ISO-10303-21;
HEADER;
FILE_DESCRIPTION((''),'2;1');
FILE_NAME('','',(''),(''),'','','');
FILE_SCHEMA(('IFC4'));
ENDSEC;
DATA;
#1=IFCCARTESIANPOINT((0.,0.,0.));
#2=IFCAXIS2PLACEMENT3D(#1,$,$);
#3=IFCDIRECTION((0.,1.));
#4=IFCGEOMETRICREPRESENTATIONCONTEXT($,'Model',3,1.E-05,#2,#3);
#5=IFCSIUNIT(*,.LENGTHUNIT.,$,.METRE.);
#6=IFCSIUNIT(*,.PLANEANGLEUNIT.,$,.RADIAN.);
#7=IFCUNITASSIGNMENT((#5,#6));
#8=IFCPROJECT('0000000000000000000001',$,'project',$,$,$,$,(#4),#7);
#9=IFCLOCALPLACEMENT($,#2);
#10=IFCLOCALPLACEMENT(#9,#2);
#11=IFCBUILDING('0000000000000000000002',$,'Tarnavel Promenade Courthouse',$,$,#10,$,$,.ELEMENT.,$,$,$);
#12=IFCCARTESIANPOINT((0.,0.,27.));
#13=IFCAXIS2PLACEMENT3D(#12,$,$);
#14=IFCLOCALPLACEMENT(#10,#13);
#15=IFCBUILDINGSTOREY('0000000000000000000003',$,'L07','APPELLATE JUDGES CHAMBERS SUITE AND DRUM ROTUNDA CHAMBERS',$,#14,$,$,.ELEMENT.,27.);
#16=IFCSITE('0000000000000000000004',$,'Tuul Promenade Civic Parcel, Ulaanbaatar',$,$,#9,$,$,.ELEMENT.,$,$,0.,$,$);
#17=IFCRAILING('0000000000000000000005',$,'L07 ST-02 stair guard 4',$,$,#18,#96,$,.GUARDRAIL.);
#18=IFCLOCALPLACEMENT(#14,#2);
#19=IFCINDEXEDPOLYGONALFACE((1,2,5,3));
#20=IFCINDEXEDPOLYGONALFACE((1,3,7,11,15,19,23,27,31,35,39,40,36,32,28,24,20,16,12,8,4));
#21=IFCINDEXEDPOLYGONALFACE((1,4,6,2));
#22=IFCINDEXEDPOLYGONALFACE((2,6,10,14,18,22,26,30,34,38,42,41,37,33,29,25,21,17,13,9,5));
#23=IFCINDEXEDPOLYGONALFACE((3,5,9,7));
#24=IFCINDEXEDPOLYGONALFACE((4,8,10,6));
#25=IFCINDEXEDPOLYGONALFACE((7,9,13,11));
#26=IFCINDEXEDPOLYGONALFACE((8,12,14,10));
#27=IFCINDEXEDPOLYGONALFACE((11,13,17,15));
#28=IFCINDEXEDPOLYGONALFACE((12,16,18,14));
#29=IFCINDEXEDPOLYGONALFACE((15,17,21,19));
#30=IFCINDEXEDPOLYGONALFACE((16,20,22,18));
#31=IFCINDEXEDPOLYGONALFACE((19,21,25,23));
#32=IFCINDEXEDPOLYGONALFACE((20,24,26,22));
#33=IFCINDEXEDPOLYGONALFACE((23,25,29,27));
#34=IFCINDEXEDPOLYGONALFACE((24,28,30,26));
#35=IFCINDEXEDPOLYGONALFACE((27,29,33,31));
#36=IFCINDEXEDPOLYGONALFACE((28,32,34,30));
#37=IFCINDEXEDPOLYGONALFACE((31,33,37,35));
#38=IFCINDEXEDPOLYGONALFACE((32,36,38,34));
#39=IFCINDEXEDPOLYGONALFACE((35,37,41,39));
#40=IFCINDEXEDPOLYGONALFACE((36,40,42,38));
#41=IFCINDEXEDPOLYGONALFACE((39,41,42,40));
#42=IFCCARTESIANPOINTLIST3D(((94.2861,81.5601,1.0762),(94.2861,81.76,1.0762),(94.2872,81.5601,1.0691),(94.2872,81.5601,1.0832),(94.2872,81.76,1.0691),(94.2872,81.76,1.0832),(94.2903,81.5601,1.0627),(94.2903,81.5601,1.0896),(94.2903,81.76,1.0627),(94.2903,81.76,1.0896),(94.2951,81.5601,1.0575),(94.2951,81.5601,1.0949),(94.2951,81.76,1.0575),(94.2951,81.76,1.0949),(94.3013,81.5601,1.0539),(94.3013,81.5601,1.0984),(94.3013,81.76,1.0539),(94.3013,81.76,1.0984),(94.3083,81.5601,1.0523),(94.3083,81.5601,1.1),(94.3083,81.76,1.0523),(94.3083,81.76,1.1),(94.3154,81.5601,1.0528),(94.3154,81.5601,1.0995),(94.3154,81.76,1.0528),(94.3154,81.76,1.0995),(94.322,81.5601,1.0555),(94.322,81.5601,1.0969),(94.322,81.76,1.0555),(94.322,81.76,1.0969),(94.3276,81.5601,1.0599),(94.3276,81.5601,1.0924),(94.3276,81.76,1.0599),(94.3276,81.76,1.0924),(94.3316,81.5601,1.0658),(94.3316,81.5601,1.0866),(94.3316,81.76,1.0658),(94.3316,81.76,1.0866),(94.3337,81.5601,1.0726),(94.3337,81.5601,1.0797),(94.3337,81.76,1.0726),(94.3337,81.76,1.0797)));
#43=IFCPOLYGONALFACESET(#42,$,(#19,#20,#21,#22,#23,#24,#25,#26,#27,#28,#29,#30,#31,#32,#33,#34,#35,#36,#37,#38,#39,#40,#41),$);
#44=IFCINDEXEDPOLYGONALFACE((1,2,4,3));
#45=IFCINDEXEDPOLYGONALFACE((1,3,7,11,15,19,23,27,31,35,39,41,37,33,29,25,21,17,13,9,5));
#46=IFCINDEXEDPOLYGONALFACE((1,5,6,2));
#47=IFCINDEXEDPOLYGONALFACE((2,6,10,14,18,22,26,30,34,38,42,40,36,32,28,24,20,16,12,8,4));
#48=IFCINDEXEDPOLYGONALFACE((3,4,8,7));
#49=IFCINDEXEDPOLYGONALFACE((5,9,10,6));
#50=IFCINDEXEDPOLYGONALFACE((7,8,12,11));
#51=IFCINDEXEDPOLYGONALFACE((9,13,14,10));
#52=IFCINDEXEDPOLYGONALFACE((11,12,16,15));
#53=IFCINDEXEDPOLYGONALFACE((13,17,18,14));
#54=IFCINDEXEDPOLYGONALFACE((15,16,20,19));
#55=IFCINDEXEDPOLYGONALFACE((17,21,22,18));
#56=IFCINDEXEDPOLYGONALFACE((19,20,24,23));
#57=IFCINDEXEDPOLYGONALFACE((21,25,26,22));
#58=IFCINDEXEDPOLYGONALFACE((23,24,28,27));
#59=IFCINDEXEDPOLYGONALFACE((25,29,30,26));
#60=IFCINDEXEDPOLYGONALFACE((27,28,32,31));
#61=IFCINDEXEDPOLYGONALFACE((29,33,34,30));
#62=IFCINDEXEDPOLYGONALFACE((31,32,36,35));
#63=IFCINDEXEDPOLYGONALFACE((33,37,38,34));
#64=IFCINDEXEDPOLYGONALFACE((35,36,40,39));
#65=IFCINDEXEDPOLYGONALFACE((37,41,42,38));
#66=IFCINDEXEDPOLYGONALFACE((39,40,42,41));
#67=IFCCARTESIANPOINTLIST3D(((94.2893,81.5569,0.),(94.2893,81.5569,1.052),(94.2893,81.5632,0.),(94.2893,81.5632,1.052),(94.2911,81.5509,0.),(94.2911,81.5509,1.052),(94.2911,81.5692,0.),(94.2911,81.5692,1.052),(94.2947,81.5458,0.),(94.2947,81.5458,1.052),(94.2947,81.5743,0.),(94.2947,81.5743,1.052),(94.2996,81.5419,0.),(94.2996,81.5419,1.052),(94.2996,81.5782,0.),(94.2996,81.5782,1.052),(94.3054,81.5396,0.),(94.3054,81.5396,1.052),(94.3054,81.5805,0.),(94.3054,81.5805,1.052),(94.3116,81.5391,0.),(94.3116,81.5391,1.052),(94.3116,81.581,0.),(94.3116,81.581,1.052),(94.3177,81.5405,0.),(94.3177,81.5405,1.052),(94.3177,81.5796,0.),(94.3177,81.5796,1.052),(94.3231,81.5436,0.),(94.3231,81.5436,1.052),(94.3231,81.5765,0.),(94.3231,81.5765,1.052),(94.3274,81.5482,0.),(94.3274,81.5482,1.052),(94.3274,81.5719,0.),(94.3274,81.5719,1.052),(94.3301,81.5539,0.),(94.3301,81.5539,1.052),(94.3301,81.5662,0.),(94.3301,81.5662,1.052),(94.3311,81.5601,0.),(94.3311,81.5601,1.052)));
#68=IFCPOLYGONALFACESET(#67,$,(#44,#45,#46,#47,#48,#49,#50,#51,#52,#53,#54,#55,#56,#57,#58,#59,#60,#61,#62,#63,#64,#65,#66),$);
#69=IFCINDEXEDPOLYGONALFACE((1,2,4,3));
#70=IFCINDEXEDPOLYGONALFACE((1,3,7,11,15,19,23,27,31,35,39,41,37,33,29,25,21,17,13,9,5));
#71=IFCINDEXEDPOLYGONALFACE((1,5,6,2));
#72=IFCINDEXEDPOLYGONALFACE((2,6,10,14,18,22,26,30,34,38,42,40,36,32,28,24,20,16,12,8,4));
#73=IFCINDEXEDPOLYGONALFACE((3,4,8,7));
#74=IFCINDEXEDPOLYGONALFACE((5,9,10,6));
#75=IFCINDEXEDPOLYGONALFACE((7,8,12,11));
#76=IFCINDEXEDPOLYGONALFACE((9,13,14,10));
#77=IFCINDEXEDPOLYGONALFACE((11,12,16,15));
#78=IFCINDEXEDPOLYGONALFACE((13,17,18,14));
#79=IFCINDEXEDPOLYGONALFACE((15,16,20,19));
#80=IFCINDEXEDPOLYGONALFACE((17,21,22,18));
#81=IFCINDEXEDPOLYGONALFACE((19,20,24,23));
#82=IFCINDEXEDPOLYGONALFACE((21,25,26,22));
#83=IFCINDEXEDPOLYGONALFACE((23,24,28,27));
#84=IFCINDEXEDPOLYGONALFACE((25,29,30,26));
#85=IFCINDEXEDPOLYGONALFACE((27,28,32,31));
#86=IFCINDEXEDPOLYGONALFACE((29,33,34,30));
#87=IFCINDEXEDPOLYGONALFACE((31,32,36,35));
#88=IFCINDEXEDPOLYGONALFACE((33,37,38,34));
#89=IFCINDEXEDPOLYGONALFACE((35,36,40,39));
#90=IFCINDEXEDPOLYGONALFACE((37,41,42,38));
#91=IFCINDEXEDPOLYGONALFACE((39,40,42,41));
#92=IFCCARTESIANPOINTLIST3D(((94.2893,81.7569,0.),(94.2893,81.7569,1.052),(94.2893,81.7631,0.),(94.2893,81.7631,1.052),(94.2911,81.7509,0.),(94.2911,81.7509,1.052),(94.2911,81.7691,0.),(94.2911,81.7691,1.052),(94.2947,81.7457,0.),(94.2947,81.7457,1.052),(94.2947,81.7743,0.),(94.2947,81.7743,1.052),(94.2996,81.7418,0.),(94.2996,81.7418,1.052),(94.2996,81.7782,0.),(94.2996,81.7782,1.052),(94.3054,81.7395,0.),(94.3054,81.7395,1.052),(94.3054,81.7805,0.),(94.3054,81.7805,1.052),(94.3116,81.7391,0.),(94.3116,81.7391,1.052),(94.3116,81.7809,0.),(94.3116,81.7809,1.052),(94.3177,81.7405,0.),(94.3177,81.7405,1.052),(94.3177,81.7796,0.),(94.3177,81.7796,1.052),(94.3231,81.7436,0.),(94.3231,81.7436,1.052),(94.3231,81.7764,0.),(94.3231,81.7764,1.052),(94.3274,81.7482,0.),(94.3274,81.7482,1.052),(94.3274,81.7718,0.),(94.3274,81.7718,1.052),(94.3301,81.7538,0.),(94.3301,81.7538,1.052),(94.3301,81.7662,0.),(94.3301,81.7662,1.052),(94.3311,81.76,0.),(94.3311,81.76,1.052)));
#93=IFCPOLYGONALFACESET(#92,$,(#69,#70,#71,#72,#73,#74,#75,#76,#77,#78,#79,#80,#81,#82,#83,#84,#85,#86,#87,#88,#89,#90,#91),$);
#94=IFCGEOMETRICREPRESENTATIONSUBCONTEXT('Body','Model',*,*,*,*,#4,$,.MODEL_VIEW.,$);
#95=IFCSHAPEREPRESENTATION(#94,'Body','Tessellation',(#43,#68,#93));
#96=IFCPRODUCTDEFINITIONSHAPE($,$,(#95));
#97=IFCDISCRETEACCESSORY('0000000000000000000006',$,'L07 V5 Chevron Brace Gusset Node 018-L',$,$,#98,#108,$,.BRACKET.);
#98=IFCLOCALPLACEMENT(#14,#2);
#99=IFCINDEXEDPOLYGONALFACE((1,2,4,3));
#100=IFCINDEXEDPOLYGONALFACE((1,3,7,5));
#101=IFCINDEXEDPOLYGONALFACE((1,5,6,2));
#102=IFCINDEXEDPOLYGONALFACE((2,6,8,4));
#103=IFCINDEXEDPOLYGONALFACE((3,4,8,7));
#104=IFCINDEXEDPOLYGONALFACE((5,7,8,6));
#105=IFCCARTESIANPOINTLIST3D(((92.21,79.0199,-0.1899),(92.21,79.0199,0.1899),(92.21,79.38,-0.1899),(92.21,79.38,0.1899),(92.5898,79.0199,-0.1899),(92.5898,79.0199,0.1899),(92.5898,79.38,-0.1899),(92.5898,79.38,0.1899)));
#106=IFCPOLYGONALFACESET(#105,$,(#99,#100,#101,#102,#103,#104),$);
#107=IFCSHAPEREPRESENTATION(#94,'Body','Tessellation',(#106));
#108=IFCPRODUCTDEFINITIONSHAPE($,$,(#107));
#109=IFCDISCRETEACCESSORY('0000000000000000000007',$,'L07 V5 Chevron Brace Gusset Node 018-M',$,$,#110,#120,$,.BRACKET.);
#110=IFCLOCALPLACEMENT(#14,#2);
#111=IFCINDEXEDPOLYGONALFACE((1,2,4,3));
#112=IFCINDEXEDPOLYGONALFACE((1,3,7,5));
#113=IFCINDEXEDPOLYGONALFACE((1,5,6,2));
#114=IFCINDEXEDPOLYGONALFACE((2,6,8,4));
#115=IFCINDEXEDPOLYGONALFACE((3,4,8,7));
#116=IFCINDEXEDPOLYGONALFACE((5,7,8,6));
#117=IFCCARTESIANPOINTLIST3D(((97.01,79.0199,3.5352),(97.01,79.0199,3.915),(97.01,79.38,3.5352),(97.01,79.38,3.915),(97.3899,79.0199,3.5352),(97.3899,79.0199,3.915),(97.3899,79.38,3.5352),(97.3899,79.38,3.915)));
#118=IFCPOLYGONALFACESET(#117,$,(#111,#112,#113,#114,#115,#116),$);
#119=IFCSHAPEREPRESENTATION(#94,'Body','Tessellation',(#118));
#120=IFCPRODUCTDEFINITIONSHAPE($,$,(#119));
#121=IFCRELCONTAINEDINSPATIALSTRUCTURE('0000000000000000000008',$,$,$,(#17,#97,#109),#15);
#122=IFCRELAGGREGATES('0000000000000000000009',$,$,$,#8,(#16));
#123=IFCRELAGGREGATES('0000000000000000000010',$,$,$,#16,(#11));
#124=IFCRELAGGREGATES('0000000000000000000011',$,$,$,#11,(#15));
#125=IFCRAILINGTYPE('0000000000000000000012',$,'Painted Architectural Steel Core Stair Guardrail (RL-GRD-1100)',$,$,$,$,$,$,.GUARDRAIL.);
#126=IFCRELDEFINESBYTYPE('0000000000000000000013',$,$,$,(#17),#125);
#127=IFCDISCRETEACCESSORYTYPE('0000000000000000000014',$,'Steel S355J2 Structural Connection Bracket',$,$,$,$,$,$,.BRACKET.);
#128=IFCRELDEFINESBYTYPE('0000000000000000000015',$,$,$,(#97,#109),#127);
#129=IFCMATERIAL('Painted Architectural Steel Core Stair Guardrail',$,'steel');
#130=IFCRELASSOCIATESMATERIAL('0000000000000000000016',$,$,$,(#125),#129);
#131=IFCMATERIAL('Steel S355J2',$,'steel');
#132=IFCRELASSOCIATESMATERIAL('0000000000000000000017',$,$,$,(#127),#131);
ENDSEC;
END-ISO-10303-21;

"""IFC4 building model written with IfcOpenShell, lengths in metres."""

from ifc_helpers import new_model, si_unit, direction, frame, origin, origin_2d, place, context, subcontext, project, spatial, rectangle, circle, extrude, material, type_object, element, save


model = new_model("IFC4")

# Units and contexts
model_context = context("Model", 3, precision=1e-05, world=origin(), true_north=direction((0.0, 1.0)))
body_context = subcontext(model_context, "Body", "Model", "MODEL_VIEW")
ifc_project = project(units=[si_unit("LENGTHUNIT", "METRE"), si_unit("PLANEANGLEUNIT", "RADIAN")], contexts=[model_context])

# Site, building, storey
site_placement = place(None, origin())
site = spatial("IfcSite", under=ifc_project, at=site_placement, Name="Tuul Promenade Civic Parcel, Ulaanbaatar", CompositionType="ELEMENT", RefElevation=0.0)
building_placement = place(site_placement, origin())
building = spatial("IfcBuilding", under=site, at=building_placement, Name="Tarnavel Promenade Courthouse", CompositionType="ELEMENT")
storey_placement = place(building_placement, frame((0.0, 0.0, 27.0)))
storey = spatial("IfcBuildingStorey", under=building, at=storey_placement, Name="L07", Description="APPELLATE JUDGES CHAMBERS SUITE AND DRUM ROTUNDA CHAMBERS", CompositionType="ELEMENT", Elevation=27.0)

# Shared definitions
ifc_material_1 = material(Name="Steel S355J2", Category="steel")

# Railing
ifc_material_2 = material(Name="Painted Architectural Steel Core Stair Guardrail", Category="steel")
railing_type_1 = type_object("IfcRailingType", Name="Painted Architectural Steel Core Stair Guardrail (RL-GRD-1100)", PredefinedType="GUARDRAIL", material=ifc_material_2)
railing_1_placement = place(storey_placement, frame((94.3101, 81.5601, 0.0)))
element("IfcRailing", 1, at=railing_1_placement, inside=storey, type_object=railing_type_1, Name="L07 ST-02 stair guard 4", PredefinedType="GUARDRAIL", context=body_context, shape_type="SweptSolid", body=[
    extrude(circle(Radius=0.0239, at=origin_2d()), frame((0.0, 0.0, 1.0762), z_axis=(0.0, 1.0, 0.0), x_axis=(-1.0, 0.0, 0.0)), (0.0, 0.0, 1.0), 0.2),
    extrude(circle(Radius=0.021, at=origin_2d()), origin(), (0.0, 0.0, 1.0), 1.052),
    extrude(circle(Radius=0.021, at=origin_2d()), frame((0.0, 0.2, 0.0)), (0.0, 0.0, 1.0), 1.052),
])

# Discrete accessories
discrete_accessory_type = type_object("IfcDiscreteAccessoryType", Name="Steel S355J2 Structural Connection Bracket", PredefinedType="BRACKET", material=ifc_material_1)
for number, where, z_axis, x_axis, name in (
    (2, (92.3999, 79.2, -0.1899), (0.0, 0.0, 1.0), (1.0, 0.0, 0.0), "L07 V5 Chevron Brace Gusset Node 018-L"),
    (3, (97.2, 79.2, 3.5352), (0.0, 0.0, 1.0), (1.0, 0.0, 0.0), "L07 V5 Chevron Brace Gusset Node 018-M"),
):
    element("IfcDiscreteAccessory", number, at=place(storey_placement, frame(where, z_axis=z_axis, x_axis=x_axis)), inside=storey, type_object=discrete_accessory_type, Name=name, PredefinedType="BRACKET", context=body_context, shape_type="SweptSolid", body=[
        extrude(rectangle(XDim=0.3799, YDim=0.3601, at=origin_2d()), origin(), (0.0, 0.0, 1.0), 0.3799),
    ])

save(model, "model.ifc")
